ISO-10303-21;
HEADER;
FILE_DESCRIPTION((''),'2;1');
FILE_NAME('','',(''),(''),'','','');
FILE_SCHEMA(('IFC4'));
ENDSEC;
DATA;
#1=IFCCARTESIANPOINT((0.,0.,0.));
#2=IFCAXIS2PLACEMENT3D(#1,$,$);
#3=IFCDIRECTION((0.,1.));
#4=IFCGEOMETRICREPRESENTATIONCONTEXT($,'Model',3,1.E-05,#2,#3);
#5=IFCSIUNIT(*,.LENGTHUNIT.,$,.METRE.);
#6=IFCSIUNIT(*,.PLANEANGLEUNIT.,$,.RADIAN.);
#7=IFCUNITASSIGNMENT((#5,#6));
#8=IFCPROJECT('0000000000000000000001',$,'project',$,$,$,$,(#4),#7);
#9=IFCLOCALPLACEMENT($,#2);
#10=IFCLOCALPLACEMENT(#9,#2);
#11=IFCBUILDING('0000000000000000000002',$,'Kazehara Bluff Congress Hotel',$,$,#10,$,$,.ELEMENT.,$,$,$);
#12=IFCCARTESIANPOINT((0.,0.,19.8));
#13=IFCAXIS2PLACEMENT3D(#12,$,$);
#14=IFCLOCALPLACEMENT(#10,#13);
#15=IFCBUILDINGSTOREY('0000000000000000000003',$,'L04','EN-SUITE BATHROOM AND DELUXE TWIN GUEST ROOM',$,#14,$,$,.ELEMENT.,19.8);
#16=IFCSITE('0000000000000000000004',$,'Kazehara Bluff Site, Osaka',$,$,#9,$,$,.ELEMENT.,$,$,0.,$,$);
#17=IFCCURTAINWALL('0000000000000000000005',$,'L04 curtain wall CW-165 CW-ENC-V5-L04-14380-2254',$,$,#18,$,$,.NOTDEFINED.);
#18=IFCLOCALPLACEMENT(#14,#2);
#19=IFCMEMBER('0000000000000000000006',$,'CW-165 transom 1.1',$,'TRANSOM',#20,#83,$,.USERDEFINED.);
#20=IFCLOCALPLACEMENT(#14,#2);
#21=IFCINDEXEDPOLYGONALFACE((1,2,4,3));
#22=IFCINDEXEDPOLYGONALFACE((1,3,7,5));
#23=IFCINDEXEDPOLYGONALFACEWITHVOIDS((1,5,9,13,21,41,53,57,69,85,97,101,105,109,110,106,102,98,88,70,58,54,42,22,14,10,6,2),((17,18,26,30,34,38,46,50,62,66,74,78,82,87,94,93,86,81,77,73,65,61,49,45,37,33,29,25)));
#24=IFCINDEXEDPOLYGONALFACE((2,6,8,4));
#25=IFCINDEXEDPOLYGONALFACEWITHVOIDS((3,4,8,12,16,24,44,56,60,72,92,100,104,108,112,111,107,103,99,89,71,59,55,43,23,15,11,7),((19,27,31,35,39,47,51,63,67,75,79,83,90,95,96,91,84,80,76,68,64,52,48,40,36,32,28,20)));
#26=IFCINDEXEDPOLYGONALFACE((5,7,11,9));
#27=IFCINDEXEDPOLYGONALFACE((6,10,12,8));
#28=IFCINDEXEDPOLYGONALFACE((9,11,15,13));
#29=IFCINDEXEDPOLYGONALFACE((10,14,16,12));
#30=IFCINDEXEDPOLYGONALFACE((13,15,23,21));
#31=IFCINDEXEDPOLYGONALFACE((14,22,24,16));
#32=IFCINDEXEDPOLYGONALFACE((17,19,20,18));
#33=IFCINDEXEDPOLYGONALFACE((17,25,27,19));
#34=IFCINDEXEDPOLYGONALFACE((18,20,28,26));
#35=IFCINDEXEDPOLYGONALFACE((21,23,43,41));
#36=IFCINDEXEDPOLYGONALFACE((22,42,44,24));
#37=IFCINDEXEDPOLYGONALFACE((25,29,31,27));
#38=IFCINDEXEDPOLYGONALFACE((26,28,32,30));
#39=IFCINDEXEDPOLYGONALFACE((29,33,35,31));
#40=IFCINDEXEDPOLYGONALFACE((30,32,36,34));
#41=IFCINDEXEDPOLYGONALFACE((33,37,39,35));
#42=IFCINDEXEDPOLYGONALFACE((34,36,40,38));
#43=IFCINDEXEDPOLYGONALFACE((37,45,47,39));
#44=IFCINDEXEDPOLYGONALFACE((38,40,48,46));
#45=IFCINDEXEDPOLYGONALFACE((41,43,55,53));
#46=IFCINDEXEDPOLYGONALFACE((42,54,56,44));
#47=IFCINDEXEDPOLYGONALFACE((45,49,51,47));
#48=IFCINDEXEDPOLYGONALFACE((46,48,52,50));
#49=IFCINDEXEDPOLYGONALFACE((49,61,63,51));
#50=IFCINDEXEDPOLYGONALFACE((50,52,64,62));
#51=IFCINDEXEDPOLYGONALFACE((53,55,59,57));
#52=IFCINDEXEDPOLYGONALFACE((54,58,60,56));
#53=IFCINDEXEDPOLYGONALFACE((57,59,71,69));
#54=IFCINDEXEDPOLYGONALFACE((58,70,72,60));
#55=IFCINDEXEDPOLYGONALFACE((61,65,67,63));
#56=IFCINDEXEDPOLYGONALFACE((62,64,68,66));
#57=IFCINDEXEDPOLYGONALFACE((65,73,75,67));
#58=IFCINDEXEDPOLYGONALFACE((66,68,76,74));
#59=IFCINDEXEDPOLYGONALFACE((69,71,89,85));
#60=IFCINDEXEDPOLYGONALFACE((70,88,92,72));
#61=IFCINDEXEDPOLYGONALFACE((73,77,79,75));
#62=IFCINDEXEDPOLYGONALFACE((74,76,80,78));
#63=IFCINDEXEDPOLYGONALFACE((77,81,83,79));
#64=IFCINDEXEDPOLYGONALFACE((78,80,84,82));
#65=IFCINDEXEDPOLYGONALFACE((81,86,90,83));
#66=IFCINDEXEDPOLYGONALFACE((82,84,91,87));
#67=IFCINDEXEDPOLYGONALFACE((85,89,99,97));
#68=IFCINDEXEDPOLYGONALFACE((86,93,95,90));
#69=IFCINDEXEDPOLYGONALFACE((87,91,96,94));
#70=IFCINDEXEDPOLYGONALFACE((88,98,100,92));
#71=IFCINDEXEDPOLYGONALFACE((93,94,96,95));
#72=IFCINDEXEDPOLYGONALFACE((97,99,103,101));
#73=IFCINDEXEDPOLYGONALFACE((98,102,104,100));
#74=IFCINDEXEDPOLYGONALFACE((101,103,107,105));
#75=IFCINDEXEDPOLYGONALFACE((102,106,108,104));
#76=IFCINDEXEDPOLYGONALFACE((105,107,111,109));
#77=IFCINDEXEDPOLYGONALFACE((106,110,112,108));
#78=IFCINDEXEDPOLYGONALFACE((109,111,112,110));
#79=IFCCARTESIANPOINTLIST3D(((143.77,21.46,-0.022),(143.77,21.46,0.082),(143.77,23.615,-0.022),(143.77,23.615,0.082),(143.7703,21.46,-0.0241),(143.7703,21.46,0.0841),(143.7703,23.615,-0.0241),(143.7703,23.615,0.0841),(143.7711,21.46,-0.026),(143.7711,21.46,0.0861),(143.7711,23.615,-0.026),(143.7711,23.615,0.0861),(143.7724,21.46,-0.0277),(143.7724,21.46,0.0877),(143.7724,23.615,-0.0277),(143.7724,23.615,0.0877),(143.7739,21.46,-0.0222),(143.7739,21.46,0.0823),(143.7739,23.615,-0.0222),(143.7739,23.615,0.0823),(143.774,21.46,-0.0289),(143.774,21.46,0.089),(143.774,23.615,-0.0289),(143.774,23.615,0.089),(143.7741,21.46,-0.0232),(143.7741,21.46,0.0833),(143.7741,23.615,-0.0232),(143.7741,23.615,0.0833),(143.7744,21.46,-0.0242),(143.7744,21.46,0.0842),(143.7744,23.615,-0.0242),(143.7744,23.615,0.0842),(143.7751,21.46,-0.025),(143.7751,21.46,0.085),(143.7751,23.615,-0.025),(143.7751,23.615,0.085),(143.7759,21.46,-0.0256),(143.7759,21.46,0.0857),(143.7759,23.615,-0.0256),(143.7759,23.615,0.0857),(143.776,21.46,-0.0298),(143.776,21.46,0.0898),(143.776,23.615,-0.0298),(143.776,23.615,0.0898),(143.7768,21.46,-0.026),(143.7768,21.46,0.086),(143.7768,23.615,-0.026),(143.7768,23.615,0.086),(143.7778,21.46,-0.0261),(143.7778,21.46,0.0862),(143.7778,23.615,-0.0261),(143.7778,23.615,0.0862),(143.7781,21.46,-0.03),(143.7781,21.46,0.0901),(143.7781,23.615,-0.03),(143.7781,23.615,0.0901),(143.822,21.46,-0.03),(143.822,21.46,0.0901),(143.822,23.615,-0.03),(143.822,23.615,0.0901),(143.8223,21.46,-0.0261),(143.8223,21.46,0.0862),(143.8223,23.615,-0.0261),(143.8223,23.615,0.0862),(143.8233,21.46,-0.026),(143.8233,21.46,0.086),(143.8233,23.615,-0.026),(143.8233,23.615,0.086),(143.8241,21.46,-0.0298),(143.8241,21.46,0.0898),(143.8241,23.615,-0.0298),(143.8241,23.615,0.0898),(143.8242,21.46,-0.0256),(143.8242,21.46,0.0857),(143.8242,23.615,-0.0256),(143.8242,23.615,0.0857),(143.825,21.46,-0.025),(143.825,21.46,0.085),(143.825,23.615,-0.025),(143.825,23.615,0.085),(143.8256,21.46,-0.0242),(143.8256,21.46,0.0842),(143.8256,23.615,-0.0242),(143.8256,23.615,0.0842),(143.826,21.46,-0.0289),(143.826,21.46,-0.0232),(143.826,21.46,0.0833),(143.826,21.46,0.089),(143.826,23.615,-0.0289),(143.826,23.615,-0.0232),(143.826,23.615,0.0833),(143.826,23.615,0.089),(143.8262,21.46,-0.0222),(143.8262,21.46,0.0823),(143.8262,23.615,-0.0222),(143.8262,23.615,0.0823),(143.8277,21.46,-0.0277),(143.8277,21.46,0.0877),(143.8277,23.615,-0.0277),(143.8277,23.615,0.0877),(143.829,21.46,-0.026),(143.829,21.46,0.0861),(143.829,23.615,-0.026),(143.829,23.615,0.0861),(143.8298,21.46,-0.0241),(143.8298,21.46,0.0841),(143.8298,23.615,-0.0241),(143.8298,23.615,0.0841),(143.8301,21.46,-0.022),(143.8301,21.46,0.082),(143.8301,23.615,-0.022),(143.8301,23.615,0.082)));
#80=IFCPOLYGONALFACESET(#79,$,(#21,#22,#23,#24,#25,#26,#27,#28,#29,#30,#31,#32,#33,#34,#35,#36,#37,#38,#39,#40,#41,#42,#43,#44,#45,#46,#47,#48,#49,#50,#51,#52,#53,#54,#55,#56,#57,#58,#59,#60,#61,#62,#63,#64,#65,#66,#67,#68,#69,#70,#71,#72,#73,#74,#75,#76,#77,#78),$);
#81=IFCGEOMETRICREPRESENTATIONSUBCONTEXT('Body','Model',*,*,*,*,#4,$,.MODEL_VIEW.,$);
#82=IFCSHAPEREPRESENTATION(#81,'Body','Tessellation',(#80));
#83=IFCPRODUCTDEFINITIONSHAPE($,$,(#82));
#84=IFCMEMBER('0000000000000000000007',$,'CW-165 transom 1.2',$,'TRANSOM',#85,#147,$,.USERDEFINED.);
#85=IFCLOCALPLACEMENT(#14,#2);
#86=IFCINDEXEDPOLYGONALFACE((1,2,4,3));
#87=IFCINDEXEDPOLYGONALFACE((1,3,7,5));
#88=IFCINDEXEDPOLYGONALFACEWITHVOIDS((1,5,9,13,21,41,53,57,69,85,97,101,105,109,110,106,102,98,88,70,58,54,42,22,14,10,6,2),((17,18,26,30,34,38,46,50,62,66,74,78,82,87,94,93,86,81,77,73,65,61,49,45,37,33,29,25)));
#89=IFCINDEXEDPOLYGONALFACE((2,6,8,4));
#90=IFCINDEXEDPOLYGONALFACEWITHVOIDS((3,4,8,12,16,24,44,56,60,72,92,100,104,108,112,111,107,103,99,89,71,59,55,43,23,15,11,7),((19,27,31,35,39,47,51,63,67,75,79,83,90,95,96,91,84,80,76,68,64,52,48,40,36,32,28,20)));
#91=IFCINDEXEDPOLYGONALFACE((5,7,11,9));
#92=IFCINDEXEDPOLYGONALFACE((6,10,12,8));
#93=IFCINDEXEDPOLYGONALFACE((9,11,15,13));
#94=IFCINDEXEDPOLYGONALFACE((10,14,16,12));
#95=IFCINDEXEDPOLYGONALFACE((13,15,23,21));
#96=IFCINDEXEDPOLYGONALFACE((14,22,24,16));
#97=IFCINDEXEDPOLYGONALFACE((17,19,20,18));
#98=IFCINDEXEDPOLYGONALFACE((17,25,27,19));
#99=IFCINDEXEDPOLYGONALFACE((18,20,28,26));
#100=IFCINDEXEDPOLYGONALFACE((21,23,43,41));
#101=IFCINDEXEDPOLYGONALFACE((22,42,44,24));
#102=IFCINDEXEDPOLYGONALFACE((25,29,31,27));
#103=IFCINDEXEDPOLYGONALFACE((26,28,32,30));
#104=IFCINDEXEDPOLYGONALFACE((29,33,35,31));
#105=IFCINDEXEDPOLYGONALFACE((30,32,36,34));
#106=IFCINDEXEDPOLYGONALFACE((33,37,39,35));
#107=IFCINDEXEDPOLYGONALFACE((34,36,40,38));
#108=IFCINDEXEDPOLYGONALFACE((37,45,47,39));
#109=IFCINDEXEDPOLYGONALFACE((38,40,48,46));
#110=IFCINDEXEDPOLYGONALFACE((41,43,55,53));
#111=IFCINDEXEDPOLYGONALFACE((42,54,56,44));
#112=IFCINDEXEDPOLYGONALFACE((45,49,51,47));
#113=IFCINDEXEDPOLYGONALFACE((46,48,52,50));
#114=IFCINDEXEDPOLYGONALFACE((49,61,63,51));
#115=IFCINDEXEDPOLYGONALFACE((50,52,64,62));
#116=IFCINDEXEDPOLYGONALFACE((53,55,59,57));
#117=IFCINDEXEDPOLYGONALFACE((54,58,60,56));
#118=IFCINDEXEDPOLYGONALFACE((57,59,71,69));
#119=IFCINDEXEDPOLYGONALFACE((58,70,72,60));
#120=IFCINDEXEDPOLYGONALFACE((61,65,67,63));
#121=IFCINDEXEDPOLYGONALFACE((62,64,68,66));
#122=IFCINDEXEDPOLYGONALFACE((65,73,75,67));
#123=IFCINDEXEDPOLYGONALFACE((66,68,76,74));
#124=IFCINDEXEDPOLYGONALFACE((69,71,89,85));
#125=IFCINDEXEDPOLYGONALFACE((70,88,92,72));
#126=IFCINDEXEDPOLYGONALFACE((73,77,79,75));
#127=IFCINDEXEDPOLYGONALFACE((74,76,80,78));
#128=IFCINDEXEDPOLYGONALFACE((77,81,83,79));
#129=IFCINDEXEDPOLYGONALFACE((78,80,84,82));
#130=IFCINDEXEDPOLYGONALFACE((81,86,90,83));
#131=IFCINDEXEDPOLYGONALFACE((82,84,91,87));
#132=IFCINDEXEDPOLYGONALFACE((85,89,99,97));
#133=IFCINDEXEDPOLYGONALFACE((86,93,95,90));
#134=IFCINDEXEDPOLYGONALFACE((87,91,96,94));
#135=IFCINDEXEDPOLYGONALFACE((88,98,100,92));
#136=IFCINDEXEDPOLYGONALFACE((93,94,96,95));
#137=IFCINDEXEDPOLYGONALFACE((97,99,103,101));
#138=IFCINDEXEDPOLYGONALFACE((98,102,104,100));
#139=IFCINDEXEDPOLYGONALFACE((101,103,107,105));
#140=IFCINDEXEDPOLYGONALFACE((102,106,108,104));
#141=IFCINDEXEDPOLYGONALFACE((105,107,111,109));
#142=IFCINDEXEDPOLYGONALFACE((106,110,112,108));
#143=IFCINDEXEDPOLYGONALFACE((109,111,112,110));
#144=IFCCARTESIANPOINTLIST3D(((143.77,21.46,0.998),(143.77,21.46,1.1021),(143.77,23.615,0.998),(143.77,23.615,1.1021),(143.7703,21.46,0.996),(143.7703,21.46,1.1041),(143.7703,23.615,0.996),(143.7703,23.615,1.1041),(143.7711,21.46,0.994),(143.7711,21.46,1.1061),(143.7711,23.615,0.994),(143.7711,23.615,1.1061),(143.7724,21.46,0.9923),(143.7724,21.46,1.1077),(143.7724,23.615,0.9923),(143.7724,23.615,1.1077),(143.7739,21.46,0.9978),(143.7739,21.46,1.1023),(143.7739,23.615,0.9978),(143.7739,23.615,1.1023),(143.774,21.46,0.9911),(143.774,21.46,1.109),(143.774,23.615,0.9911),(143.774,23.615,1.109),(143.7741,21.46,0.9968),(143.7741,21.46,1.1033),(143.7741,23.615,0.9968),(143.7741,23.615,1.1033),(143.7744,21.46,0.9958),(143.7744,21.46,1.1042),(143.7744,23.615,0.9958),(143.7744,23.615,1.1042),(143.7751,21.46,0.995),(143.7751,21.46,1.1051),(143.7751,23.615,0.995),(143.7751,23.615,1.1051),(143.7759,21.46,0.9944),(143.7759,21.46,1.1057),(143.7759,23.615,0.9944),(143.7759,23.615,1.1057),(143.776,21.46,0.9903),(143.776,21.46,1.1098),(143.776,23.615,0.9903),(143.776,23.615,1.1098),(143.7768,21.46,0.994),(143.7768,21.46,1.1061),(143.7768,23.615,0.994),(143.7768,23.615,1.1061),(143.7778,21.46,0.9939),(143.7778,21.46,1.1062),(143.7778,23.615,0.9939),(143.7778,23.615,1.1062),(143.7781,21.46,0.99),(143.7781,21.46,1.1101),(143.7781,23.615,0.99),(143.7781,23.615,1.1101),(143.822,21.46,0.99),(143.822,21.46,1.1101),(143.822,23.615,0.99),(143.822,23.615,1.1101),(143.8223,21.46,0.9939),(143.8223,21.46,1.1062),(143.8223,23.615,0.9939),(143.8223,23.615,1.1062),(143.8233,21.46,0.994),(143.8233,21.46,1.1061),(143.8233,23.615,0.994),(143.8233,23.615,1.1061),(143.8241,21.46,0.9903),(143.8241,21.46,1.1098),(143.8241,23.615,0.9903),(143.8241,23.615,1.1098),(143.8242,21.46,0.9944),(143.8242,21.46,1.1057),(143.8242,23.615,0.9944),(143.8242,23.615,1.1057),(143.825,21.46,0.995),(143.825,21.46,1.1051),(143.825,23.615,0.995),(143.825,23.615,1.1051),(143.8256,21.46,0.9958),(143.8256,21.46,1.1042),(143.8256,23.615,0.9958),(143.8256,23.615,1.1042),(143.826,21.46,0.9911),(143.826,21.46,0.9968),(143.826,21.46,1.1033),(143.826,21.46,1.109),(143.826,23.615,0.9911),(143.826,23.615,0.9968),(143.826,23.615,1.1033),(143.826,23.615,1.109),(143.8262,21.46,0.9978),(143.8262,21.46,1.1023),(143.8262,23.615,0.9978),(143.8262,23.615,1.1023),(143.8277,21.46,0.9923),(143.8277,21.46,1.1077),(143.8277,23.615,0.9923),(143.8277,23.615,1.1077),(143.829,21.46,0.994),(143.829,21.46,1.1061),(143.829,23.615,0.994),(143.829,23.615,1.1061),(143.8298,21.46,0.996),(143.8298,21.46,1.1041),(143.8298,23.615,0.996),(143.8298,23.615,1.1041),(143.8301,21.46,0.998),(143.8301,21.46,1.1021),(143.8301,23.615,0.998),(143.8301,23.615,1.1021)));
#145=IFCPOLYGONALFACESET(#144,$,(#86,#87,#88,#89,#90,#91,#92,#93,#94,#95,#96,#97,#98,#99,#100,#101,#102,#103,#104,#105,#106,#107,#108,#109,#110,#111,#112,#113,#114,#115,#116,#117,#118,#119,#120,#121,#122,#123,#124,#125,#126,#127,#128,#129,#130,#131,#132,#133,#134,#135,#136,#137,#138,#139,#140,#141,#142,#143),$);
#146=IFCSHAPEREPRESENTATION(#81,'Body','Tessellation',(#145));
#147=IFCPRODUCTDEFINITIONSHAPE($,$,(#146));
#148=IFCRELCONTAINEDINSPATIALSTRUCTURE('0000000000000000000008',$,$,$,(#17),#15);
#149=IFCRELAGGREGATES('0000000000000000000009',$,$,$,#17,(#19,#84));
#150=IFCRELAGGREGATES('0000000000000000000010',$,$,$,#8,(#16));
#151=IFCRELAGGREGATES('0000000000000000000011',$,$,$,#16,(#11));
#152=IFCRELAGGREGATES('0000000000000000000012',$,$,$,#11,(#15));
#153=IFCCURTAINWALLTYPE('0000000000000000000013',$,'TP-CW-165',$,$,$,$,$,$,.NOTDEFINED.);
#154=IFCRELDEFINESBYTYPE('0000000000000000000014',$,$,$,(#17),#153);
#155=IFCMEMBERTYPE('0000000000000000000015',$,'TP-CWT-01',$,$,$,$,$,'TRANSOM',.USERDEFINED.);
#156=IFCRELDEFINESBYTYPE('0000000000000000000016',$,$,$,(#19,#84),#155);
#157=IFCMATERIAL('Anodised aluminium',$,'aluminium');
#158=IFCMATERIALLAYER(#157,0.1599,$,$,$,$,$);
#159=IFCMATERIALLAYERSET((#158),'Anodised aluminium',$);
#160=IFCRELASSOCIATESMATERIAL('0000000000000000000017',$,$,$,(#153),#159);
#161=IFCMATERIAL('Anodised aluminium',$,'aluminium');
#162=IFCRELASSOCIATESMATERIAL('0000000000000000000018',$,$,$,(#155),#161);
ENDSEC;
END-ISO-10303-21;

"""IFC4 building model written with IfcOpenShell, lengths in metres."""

from ifc_helpers import new_model, si_unit, direction, frame, origin, origin_2d, place, context, subcontext, project, spatial, hollow_rectangle, extrude, material, layer, layer_set, material_profile, profile_set, type_object, element, aggregate, save


model = new_model("IFC4")

# Units and contexts
model_context = context("Model", 3, precision=1e-05, world=origin(), true_north=direction((0.0, 1.0)))
body_context = subcontext(model_context, "Body", "Model", "MODEL_VIEW")
ifc_project = project(units=[si_unit("LENGTHUNIT", "METRE"), si_unit("PLANEANGLEUNIT", "RADIAN")], contexts=[model_context])

# Site, building, storey
site_placement = place(None, origin())
site = spatial("IfcSite", under=ifc_project, at=site_placement, Name="Kazehara Bluff Site, Osaka", CompositionType="ELEMENT", RefElevation=0.0)
building_placement = place(site_placement, origin())
building = spatial("IfcBuilding", under=site, at=building_placement, Name="Kazehara Bluff Congress Hotel", CompositionType="ELEMENT")
storey_placement = place(building_placement, frame((0.0, 0.0, 19.8)))
storey = spatial("IfcBuildingStorey", under=building, at=storey_placement, Name="L04", Description="EN-SUITE BATHROOM AND DELUXE TWIN GUEST ROOM", CompositionType="ELEMENT", Elevation=19.8)

# Curtain wall
ifc_material_1 = material(Name="Anodised aluminium", Category="aluminium")
ifc_layer_1 = layer(ifc_material_1, 0.1599)
ifc_layer_set_1 = layer_set([ifc_layer_1], Name="Anodised aluminium")
curtain_wall_type_1 = type_object("IfcCurtainWallType", Name="TP-CW-165", PredefinedType="NOTDEFINED", material=ifc_layer_set_1)
curtain_wall_1_placement = place(storey_placement, origin())
curtain_wall_1 = element("IfcCurtainWall", 1, at=curtain_wall_1_placement, inside=storey, type_object=curtain_wall_type_1, Name="L04 curtain wall CW-165 CW-ENC-V5-L04-14380-2254", PredefinedType="NOTDEFINED")

# Members
ifc_material_2 = material(Name="Anodised aluminium", Category="aluminium")
ifc_material_profile_1 = material_profile(ifc_material_2, hollow_rectangle(XDim=0.0601, YDim=0.1201, WallThickness=0.0039, InnerFilletRadius=0.0039, OuterFilletRadius=0.0081, at=origin_2d()))
ifc_profile_set_1 = profile_set([ifc_material_profile_1], Name="Anodised aluminium")
member_type_1 = type_object("IfcMemberType", Name="TP-CWT-01", ElementType="TRANSOM", PredefinedType="USERDEFINED", material=ifc_profile_set_1)
member_1_placement = place(storey_placement, frame((143.8, 21.46, 0.03), z_axis=(0.0, 1.0, 0.0), x_axis=(-1.0, 0.0, 0.0)))
member_1 = element("IfcMember", 2, at=member_1_placement, type_object=member_type_1, Name="CW-165 transom 1.1", ObjectType="TRANSOM", PredefinedType="USERDEFINED", context=body_context, shape_type="SweptSolid", body=[
    extrude(hollow_rectangle(XDim=0.0601, YDim=0.1201, WallThickness=0.0039, InnerFilletRadius=0.0039, OuterFilletRadius=0.0081, at=origin_2d()), origin(), (0.0, 0.0, 1.0), 2.155),
])
member_2_placement = place(storey_placement, frame((143.8, 21.46, 1.05), z_axis=(0.0, 1.0, 0.0), x_axis=(-1.0, 0.0, 0.0)))
member_2 = element("IfcMember", 3, at=member_2_placement, type_object=member_type_1, Name="CW-165 transom 1.2", ObjectType="TRANSOM", PredefinedType="USERDEFINED", context=body_context, shape_type="SweptSolid", body=[
    extrude(hollow_rectangle(XDim=0.0601, YDim=0.1201, WallThickness=0.0039, InnerFilletRadius=0.0039, OuterFilletRadius=0.0081, at=origin_2d()), origin(), (0.0, 0.0, 1.0), 2.155),
])

aggregate(curtain_wall_1, [member_1, member_2])

save(model, "model.ifc")
